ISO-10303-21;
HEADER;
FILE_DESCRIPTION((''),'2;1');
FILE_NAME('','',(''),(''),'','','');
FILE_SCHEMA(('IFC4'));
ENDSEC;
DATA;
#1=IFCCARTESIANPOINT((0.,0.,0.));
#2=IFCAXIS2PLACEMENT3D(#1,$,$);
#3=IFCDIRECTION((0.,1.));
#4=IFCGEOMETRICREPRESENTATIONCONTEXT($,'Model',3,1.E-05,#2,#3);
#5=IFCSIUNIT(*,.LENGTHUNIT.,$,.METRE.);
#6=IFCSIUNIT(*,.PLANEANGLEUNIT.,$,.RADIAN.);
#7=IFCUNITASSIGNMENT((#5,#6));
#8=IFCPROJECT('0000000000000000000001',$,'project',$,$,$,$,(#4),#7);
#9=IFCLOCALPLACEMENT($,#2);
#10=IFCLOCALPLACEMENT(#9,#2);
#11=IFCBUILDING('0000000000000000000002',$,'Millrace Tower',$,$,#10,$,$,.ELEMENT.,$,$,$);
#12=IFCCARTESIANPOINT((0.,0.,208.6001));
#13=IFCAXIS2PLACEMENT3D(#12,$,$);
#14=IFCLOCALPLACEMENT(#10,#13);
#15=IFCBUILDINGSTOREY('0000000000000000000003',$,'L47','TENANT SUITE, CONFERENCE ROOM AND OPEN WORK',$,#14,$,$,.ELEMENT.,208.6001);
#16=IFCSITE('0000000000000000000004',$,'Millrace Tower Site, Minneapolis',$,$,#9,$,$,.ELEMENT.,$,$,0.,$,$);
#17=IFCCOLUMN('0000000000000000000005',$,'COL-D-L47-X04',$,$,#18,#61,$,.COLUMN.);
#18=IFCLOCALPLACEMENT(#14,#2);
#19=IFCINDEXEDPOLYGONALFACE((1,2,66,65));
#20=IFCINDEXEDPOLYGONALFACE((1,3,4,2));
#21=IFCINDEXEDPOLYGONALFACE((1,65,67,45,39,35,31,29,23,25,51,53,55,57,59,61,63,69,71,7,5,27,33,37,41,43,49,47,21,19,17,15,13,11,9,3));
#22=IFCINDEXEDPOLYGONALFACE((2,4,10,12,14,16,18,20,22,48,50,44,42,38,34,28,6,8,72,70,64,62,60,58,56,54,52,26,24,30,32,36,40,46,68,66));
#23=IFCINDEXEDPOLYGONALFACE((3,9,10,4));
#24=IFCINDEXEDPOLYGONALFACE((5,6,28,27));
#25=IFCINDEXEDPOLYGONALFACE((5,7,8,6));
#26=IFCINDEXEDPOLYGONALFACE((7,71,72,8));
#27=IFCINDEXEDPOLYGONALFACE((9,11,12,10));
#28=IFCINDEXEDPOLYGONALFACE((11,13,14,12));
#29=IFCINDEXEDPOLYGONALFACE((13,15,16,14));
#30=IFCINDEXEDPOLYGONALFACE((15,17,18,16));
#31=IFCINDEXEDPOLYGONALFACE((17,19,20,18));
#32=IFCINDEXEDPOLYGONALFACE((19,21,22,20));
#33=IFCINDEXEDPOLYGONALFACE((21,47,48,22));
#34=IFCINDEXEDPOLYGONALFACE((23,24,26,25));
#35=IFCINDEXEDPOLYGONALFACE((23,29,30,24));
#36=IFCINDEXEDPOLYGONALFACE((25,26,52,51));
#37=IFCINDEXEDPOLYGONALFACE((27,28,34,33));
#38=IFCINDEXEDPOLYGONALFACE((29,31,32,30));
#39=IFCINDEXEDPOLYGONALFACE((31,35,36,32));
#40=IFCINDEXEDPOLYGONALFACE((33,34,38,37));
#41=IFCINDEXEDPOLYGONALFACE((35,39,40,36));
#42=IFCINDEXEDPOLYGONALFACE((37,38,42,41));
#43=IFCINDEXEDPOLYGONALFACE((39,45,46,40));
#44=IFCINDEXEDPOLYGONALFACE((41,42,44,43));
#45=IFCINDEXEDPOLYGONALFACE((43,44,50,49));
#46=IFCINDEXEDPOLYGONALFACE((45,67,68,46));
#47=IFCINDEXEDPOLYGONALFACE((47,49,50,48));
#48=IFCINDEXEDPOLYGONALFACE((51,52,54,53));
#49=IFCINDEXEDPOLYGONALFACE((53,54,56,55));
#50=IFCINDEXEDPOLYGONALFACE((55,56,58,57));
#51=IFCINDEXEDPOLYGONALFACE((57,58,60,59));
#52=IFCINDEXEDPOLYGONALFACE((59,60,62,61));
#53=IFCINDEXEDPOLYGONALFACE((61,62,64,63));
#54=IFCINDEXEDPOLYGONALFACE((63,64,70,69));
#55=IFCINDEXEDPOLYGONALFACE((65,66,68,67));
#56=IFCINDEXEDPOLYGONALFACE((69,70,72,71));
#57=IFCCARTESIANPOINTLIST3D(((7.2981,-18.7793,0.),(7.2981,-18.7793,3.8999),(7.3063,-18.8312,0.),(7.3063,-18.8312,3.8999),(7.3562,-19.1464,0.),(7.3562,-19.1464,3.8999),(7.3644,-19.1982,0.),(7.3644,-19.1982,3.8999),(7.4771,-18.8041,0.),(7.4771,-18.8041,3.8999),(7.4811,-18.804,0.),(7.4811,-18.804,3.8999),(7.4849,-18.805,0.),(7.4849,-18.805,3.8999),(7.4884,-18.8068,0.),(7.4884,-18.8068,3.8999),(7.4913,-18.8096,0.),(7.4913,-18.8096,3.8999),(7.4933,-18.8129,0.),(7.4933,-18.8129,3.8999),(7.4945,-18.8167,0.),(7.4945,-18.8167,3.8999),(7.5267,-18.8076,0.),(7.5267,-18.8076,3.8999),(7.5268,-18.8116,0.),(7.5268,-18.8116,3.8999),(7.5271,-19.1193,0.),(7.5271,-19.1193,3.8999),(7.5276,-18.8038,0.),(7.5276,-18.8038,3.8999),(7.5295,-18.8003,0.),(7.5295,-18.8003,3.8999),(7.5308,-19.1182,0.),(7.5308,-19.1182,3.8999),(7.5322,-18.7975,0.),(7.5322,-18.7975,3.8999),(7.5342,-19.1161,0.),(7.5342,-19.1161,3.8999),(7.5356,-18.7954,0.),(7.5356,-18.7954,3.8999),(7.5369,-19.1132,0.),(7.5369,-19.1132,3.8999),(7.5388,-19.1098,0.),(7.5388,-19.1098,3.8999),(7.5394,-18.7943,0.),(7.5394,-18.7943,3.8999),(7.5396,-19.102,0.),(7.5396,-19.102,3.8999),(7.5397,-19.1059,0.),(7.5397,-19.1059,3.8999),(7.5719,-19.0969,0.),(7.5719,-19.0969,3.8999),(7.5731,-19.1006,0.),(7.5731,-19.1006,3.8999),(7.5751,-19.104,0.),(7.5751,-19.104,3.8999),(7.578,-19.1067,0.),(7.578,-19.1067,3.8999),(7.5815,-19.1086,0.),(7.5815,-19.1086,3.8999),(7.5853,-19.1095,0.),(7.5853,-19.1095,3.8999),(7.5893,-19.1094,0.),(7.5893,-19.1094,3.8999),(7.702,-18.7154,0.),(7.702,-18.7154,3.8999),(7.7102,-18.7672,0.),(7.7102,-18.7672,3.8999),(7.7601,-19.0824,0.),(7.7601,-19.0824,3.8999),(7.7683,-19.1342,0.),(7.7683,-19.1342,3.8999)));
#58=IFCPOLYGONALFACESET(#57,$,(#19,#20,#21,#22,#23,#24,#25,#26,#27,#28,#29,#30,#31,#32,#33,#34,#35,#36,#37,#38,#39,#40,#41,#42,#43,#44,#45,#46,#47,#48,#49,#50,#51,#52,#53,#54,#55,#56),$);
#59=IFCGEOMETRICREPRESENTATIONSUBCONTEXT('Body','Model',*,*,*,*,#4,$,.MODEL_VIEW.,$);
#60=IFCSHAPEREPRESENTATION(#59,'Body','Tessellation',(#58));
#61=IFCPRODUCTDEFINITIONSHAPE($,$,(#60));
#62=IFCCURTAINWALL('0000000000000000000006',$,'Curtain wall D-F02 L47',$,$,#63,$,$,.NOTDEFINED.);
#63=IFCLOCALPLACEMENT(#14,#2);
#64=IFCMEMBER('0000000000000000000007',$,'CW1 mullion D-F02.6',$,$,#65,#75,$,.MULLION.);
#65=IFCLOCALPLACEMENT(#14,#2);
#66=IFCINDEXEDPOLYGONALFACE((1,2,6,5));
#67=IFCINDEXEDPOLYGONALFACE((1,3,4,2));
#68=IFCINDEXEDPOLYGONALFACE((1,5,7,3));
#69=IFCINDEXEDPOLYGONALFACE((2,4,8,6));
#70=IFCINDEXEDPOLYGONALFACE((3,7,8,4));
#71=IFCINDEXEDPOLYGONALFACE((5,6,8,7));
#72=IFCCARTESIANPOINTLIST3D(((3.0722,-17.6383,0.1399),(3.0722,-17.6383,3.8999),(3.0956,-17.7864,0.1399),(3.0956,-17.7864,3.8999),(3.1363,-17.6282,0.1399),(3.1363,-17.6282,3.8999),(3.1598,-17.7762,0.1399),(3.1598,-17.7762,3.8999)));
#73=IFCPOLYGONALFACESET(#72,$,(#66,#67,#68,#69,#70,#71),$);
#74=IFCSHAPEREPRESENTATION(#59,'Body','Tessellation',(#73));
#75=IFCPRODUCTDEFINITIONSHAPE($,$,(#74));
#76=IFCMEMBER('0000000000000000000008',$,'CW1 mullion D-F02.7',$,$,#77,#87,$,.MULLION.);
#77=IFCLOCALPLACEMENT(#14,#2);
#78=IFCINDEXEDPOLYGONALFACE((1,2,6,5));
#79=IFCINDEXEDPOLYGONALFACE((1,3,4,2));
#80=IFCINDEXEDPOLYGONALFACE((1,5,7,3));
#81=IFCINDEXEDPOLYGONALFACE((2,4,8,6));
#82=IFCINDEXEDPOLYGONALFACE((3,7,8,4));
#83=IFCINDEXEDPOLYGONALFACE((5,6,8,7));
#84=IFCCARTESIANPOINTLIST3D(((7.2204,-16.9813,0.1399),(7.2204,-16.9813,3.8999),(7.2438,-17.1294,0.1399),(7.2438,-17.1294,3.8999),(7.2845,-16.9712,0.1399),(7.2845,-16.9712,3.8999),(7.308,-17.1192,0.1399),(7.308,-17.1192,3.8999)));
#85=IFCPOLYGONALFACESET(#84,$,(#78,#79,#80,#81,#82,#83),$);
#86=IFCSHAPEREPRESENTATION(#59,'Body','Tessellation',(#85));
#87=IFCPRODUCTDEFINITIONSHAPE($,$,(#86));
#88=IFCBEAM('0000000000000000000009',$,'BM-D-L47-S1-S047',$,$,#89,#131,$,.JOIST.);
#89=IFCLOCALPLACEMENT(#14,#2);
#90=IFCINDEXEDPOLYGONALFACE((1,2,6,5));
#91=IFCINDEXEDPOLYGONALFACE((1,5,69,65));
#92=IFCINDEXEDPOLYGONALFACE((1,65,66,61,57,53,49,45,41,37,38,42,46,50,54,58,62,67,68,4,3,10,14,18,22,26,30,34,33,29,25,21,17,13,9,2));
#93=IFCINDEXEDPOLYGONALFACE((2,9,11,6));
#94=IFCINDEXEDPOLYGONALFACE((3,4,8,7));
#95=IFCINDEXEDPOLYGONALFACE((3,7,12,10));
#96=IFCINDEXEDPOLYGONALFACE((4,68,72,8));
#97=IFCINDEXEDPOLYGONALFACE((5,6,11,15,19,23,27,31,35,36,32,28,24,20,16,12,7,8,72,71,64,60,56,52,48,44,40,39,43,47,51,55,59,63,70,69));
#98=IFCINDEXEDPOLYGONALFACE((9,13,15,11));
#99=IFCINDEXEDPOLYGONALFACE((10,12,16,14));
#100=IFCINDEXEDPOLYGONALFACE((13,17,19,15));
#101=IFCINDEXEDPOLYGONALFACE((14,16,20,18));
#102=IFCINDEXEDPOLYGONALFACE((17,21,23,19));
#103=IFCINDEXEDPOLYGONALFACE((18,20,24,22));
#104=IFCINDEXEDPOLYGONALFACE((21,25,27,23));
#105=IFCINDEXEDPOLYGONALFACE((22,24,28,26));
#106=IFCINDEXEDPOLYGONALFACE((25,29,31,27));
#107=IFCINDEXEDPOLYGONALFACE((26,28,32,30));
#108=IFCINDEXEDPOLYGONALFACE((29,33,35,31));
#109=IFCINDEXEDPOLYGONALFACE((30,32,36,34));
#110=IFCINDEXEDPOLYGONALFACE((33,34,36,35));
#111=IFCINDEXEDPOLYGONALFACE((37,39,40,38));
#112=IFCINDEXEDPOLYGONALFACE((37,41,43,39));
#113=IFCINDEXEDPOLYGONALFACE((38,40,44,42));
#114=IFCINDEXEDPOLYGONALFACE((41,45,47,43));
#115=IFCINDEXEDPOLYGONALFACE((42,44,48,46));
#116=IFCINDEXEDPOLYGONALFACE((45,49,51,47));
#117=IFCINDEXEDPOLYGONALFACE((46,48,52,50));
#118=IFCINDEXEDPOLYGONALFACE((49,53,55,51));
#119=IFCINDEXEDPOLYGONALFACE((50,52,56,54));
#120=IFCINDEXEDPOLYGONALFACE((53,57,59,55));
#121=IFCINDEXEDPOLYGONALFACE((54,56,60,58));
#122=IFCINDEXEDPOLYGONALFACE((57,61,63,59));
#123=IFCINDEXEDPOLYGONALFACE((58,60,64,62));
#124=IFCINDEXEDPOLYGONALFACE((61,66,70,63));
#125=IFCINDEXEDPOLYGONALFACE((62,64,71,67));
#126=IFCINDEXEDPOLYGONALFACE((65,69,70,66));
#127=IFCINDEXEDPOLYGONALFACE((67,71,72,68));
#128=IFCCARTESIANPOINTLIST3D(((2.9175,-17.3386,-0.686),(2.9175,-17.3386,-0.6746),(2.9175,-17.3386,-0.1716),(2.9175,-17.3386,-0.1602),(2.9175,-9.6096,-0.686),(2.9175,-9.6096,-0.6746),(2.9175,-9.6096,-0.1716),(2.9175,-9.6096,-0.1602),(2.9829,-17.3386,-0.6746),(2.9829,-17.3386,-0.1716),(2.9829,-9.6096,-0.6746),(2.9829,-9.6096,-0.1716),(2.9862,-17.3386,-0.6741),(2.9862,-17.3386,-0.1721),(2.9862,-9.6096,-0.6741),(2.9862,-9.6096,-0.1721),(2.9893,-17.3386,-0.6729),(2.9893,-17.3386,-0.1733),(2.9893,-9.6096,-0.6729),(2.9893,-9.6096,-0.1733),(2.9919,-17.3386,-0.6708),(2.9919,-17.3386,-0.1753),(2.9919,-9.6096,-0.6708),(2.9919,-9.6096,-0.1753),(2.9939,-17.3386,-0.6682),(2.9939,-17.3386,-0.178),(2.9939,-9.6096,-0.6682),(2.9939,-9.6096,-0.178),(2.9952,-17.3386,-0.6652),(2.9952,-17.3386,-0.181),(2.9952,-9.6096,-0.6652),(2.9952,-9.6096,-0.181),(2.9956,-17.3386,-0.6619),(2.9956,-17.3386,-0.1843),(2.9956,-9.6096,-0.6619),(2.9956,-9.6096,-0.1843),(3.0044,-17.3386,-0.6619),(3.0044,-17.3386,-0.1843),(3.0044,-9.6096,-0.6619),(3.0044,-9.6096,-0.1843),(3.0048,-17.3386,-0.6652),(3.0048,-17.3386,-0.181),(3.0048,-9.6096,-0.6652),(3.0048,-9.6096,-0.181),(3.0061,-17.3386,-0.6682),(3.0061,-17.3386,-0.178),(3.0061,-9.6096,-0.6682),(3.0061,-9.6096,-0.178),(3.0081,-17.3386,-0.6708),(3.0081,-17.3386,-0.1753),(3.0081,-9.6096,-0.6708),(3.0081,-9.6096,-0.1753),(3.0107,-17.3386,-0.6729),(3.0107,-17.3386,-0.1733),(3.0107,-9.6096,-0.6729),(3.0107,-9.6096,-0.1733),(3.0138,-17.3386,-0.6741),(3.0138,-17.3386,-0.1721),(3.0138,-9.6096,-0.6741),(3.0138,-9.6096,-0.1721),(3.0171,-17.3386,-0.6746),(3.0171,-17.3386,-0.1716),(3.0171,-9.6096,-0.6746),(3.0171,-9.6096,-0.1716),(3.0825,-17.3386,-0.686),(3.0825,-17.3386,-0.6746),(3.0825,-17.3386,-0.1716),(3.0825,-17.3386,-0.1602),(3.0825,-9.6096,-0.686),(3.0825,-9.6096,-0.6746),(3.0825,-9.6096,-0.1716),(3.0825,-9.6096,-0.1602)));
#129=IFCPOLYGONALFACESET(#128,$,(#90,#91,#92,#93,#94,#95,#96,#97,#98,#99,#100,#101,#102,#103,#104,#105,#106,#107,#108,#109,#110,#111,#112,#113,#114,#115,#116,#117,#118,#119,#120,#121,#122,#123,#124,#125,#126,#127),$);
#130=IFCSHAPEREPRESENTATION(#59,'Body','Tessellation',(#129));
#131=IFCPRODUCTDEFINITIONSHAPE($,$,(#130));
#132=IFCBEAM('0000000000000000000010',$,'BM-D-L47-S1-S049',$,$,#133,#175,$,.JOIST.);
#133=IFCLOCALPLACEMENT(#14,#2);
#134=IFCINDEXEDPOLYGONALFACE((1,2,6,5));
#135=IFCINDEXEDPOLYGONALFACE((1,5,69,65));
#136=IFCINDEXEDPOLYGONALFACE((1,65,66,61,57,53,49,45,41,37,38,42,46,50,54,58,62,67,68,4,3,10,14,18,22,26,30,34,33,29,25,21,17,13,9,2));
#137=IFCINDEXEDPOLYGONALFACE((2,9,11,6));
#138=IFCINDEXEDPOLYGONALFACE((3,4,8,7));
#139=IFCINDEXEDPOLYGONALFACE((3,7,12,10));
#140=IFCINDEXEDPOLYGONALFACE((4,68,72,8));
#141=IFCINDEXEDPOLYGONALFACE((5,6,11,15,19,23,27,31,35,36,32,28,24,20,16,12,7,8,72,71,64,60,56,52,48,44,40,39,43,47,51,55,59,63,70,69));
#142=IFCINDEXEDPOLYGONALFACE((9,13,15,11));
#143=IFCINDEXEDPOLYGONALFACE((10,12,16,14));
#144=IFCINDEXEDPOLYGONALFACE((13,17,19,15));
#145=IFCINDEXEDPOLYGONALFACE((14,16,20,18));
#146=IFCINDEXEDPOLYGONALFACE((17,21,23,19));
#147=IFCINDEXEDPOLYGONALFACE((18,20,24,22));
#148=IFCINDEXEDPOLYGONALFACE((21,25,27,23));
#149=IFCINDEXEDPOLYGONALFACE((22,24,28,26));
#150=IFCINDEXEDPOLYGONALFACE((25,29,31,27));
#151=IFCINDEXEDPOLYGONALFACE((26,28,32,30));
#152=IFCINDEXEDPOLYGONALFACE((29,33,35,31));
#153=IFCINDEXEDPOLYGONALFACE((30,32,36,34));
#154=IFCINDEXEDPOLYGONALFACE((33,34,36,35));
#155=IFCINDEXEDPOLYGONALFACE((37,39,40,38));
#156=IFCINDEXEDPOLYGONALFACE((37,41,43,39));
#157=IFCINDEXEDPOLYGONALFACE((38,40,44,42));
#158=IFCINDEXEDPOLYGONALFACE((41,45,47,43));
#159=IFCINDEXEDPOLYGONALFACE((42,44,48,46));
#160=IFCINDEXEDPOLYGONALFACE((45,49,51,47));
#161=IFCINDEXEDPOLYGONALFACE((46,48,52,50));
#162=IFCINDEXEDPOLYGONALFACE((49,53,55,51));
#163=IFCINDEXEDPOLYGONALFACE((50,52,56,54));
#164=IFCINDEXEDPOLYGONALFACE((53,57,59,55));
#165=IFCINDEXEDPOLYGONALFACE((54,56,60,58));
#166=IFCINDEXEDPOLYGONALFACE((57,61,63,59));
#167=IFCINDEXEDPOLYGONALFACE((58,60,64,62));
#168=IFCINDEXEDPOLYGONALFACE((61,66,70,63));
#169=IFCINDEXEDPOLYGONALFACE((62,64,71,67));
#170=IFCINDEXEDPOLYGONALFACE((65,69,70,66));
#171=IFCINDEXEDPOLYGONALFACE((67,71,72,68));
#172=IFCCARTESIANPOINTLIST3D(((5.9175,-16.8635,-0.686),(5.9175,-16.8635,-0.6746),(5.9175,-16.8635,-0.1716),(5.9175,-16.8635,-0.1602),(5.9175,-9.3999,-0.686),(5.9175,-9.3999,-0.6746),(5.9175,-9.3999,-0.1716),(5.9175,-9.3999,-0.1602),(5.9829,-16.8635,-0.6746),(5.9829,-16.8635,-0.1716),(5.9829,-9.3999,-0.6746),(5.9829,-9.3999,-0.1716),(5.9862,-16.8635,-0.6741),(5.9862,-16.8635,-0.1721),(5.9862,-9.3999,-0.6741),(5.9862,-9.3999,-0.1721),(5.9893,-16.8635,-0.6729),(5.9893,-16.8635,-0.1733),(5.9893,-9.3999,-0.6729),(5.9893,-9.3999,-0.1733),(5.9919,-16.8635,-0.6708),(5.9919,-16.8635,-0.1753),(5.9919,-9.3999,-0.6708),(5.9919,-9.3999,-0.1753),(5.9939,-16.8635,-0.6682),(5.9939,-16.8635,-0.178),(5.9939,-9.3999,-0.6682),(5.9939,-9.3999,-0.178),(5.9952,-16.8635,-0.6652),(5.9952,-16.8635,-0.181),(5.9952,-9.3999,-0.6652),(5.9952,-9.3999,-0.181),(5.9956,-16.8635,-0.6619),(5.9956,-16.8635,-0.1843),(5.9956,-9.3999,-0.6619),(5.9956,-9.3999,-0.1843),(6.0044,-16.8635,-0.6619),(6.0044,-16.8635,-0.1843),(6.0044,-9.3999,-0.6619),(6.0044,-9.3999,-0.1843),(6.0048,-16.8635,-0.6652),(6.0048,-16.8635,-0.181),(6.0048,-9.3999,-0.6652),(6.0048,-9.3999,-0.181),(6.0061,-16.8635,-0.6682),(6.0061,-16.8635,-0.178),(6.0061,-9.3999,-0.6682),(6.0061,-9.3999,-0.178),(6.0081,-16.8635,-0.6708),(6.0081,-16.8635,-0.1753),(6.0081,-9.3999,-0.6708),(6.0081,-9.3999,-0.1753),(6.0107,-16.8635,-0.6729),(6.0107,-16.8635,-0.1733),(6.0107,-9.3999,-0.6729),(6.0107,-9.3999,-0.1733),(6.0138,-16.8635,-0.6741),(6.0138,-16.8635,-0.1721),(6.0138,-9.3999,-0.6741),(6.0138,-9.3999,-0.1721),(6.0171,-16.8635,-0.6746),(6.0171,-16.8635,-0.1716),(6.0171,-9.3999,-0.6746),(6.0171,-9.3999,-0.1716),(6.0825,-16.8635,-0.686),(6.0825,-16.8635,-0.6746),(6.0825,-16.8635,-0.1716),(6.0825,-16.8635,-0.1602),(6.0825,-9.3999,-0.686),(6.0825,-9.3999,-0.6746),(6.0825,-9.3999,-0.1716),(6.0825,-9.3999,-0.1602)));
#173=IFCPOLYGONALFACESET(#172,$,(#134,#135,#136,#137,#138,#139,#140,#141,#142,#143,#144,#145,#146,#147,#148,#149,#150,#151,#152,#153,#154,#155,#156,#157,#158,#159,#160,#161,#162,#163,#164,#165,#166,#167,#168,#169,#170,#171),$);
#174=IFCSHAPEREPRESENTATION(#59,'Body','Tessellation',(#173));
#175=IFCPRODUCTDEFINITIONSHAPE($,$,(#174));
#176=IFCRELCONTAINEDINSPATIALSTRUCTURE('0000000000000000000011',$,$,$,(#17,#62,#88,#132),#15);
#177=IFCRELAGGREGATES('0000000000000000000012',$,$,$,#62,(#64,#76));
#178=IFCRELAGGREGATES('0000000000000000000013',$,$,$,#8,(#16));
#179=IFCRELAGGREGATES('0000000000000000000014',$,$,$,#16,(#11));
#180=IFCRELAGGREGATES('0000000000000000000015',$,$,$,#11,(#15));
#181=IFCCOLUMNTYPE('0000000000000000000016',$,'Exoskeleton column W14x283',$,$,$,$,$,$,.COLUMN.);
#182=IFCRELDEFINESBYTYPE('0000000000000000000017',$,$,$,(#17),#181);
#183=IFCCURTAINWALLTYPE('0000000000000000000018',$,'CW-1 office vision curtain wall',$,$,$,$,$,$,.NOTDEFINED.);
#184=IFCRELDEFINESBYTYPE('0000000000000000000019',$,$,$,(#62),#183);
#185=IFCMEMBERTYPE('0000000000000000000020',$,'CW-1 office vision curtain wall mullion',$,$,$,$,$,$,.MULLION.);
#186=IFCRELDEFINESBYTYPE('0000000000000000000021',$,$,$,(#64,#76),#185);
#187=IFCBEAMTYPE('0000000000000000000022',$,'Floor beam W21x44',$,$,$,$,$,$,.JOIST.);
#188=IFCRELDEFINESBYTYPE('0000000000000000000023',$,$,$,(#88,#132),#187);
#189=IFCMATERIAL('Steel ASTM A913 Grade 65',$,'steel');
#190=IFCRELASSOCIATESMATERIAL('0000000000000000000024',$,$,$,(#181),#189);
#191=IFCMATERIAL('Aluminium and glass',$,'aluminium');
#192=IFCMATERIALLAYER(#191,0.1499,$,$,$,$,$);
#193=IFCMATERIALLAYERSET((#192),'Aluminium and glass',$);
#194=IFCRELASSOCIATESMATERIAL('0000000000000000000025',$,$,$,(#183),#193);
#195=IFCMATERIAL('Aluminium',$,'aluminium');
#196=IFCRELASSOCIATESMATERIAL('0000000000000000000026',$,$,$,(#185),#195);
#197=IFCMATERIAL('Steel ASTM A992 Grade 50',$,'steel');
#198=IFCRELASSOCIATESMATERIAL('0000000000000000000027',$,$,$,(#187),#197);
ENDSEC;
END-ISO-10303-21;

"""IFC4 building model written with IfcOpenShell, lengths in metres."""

from ifc_helpers import new_model, si_unit, direction, frame, origin, origin_2d, place, context, subcontext, project, spatial, rectangle, i_section, extrude, material, layer, layer_set, material_profile, profile_set, type_object, element, aggregate, save


model = new_model("IFC4")

# Units and contexts
model_context = context("Model", 3, precision=1e-05, world=origin(), true_north=direction((0.0, 1.0)))
body_context = subcontext(model_context, "Body", "Model", "MODEL_VIEW")
ifc_project = project(units=[si_unit("LENGTHUNIT", "METRE"), si_unit("PLANEANGLEUNIT", "RADIAN")], contexts=[model_context])

# Site, building, storey
site_placement = place(None, origin())
site = spatial("IfcSite", under=ifc_project, at=site_placement, Name="Millrace Tower Site, Minneapolis", CompositionType="ELEMENT", RefElevation=0.0)
building_placement = place(site_placement, origin())
building = spatial("IfcBuilding", under=site, at=building_placement, Name="Millrace Tower", CompositionType="ELEMENT")
storey_placement = place(building_placement, frame((0.0, 0.0, 208.6001)))
storey = spatial("IfcBuildingStorey", under=building, at=storey_placement, Name="L47", Description="TENANT SUITE, CONFERENCE ROOM AND OPEN WORK", CompositionType="ELEMENT", Elevation=208.6001)

# Column
ifc_material_1 = material(Name="Steel ASTM A913 Grade 65", Category="steel")
ifc_material_profile_1 = material_profile(ifc_material_1, i_section(OverallWidth=0.4089, OverallDepth=0.4241, WebThickness=0.0327, FlangeThickness=0.0525, FilletRadius=0.0151, at=origin_2d()))
ifc_profile_set_1 = profile_set([ifc_material_profile_1], Name="Steel ASTM A913 Grade 65")
column_type = type_object("IfcColumnType", Name="Exoskeleton column W14x283", PredefinedType="COLUMN", material=ifc_profile_set_1)
column_placement = place(storey_placement, frame((7.5332, -18.9568, 0.0), z_axis=(0.0, 0.0, 1.0), x_axis=(0.987688, 0.156434, 0.0)))
element("IfcColumn", 1, at=column_placement, inside=storey, type_object=column_type, Name="COL-D-L47-X04", PredefinedType="COLUMN", context=body_context, shape_type="SweptSolid", body=[
    extrude(i_section(OverallWidth=0.4089, OverallDepth=0.4241, WebThickness=0.0327, FlangeThickness=0.0525, FilletRadius=0.0151, at=origin_2d()), origin(), (0.0, 0.0, 1.0), 3.8999),
])

# Curtain wall, members
ifc_material_2 = material(Name="Aluminium and glass", Category="aluminium")
ifc_layer_1 = layer(ifc_material_2, 0.1499)
ifc_layer_set_1 = layer_set([ifc_layer_1], Name="Aluminium and glass")
curtain_wall_type = type_object("IfcCurtainWallType", Name="CW-1 office vision curtain wall", PredefinedType="NOTDEFINED", material=ifc_layer_set_1)
placement_1 = place(storey_placement, origin())
curtain_wall_1 = element("IfcCurtainWall", 2, at=placement_1, inside=storey, type_object=curtain_wall_type, Name="Curtain wall D-F02 L47", PredefinedType="NOTDEFINED")
ifc_material_3 = material(Name="Aluminium", Category="aluminium")
ifc_material_profile_2 = material_profile(ifc_material_3, rectangle(XDim=0.0649, YDim=0.1499, at=origin_2d()))
ifc_profile_set_2 = profile_set([ifc_material_profile_2], Name="Aluminium")
member_type = type_object("IfcMemberType", Name="CW-1 office vision curtain wall mullion", PredefinedType="MULLION", material=ifc_profile_set_2)
member_1_placement = place(storey_placement, frame((3.116, -17.7073, 0.1399), z_axis=(0.0, 0.0, 1.0), x_axis=(0.987688, 0.156434, 0.0)))
member_1 = element("IfcMember", 3, at=member_1_placement, type_object=member_type, Name="CW1 mullion D-F02.6", PredefinedType="MULLION", context=body_context, shape_type="SweptSolid", body=[
    extrude(rectangle(XDim=0.0649, YDim=0.1499, at=origin_2d()), origin(), (0.0, 0.0, 1.0), 3.76),
])
member_2_placement = place(storey_placement, frame((7.2642, -17.0503, 0.1399), z_axis=(0.0, 0.0, 1.0), x_axis=(0.987688, 0.156434, 0.0)))
member_2 = element("IfcMember", 4, at=member_2_placement, type_object=member_type, Name="CW1 mullion D-F02.7", PredefinedType="MULLION", context=body_context, shape_type="SweptSolid", body=[
    extrude(rectangle(XDim=0.0649, YDim=0.1499, at=origin_2d()), origin(), (0.0, 0.0, 1.0), 3.76),
])
aggregate(curtain_wall_1, [member_1, member_2])

# Beams
ifc_material_4 = material(Name="Steel ASTM A992 Grade 50", Category="steel")
ifc_material_profile_3 = material_profile(ifc_material_4, i_section(OverallWidth=0.165, OverallDepth=0.5259, WebThickness=0.0088, FlangeThickness=0.0115, FilletRadius=0.0127, at=origin_2d()))
ifc_profile_set_3 = profile_set([ifc_material_profile_3], Name="Steel ASTM A992 Grade 50")
beam_type_1 = type_object("IfcBeamType", Name="Floor beam W21x44", PredefinedType="JOIST", material=ifc_profile_set_3)
beam_1_placement = place(storey_placement, frame((3.0, -17.3386, -0.4231), z_axis=(0.0, 1.0, 0.0), x_axis=(-1.0, 0.0, 0.0)))
element("IfcBeam", 5, at=beam_1_placement, inside=storey, type_object=beam_type_1, Name="BM-D-L47-S1-S047", PredefinedType="JOIST", context=body_context, shape_type="SweptSolid", body=[
    extrude(i_section(OverallWidth=0.165, OverallDepth=0.5259, WebThickness=0.0088, FlangeThickness=0.0115, FilletRadius=0.0127, at=origin_2d()), origin(), (0.0, 0.0, 1.0), 7.729),
])
beam_2_placement = place(storey_placement, frame((6.0, -16.8635, -0.4231), z_axis=(0.0, 1.0, 0.0), x_axis=(-1.0, 0.0, 0.0)))
element("IfcBeam", 6, at=beam_2_placement, inside=storey, type_object=beam_type_1, Name="BM-D-L47-S1-S049", PredefinedType="JOIST", context=body_context, shape_type="SweptSolid", body=[
    extrude(i_section(OverallWidth=0.165, OverallDepth=0.5259, WebThickness=0.0088, FlangeThickness=0.0115, FilletRadius=0.0127, at=origin_2d()), origin(), (0.0, 0.0, 1.0), 7.4636),
])

save(model, "model.ifc")
